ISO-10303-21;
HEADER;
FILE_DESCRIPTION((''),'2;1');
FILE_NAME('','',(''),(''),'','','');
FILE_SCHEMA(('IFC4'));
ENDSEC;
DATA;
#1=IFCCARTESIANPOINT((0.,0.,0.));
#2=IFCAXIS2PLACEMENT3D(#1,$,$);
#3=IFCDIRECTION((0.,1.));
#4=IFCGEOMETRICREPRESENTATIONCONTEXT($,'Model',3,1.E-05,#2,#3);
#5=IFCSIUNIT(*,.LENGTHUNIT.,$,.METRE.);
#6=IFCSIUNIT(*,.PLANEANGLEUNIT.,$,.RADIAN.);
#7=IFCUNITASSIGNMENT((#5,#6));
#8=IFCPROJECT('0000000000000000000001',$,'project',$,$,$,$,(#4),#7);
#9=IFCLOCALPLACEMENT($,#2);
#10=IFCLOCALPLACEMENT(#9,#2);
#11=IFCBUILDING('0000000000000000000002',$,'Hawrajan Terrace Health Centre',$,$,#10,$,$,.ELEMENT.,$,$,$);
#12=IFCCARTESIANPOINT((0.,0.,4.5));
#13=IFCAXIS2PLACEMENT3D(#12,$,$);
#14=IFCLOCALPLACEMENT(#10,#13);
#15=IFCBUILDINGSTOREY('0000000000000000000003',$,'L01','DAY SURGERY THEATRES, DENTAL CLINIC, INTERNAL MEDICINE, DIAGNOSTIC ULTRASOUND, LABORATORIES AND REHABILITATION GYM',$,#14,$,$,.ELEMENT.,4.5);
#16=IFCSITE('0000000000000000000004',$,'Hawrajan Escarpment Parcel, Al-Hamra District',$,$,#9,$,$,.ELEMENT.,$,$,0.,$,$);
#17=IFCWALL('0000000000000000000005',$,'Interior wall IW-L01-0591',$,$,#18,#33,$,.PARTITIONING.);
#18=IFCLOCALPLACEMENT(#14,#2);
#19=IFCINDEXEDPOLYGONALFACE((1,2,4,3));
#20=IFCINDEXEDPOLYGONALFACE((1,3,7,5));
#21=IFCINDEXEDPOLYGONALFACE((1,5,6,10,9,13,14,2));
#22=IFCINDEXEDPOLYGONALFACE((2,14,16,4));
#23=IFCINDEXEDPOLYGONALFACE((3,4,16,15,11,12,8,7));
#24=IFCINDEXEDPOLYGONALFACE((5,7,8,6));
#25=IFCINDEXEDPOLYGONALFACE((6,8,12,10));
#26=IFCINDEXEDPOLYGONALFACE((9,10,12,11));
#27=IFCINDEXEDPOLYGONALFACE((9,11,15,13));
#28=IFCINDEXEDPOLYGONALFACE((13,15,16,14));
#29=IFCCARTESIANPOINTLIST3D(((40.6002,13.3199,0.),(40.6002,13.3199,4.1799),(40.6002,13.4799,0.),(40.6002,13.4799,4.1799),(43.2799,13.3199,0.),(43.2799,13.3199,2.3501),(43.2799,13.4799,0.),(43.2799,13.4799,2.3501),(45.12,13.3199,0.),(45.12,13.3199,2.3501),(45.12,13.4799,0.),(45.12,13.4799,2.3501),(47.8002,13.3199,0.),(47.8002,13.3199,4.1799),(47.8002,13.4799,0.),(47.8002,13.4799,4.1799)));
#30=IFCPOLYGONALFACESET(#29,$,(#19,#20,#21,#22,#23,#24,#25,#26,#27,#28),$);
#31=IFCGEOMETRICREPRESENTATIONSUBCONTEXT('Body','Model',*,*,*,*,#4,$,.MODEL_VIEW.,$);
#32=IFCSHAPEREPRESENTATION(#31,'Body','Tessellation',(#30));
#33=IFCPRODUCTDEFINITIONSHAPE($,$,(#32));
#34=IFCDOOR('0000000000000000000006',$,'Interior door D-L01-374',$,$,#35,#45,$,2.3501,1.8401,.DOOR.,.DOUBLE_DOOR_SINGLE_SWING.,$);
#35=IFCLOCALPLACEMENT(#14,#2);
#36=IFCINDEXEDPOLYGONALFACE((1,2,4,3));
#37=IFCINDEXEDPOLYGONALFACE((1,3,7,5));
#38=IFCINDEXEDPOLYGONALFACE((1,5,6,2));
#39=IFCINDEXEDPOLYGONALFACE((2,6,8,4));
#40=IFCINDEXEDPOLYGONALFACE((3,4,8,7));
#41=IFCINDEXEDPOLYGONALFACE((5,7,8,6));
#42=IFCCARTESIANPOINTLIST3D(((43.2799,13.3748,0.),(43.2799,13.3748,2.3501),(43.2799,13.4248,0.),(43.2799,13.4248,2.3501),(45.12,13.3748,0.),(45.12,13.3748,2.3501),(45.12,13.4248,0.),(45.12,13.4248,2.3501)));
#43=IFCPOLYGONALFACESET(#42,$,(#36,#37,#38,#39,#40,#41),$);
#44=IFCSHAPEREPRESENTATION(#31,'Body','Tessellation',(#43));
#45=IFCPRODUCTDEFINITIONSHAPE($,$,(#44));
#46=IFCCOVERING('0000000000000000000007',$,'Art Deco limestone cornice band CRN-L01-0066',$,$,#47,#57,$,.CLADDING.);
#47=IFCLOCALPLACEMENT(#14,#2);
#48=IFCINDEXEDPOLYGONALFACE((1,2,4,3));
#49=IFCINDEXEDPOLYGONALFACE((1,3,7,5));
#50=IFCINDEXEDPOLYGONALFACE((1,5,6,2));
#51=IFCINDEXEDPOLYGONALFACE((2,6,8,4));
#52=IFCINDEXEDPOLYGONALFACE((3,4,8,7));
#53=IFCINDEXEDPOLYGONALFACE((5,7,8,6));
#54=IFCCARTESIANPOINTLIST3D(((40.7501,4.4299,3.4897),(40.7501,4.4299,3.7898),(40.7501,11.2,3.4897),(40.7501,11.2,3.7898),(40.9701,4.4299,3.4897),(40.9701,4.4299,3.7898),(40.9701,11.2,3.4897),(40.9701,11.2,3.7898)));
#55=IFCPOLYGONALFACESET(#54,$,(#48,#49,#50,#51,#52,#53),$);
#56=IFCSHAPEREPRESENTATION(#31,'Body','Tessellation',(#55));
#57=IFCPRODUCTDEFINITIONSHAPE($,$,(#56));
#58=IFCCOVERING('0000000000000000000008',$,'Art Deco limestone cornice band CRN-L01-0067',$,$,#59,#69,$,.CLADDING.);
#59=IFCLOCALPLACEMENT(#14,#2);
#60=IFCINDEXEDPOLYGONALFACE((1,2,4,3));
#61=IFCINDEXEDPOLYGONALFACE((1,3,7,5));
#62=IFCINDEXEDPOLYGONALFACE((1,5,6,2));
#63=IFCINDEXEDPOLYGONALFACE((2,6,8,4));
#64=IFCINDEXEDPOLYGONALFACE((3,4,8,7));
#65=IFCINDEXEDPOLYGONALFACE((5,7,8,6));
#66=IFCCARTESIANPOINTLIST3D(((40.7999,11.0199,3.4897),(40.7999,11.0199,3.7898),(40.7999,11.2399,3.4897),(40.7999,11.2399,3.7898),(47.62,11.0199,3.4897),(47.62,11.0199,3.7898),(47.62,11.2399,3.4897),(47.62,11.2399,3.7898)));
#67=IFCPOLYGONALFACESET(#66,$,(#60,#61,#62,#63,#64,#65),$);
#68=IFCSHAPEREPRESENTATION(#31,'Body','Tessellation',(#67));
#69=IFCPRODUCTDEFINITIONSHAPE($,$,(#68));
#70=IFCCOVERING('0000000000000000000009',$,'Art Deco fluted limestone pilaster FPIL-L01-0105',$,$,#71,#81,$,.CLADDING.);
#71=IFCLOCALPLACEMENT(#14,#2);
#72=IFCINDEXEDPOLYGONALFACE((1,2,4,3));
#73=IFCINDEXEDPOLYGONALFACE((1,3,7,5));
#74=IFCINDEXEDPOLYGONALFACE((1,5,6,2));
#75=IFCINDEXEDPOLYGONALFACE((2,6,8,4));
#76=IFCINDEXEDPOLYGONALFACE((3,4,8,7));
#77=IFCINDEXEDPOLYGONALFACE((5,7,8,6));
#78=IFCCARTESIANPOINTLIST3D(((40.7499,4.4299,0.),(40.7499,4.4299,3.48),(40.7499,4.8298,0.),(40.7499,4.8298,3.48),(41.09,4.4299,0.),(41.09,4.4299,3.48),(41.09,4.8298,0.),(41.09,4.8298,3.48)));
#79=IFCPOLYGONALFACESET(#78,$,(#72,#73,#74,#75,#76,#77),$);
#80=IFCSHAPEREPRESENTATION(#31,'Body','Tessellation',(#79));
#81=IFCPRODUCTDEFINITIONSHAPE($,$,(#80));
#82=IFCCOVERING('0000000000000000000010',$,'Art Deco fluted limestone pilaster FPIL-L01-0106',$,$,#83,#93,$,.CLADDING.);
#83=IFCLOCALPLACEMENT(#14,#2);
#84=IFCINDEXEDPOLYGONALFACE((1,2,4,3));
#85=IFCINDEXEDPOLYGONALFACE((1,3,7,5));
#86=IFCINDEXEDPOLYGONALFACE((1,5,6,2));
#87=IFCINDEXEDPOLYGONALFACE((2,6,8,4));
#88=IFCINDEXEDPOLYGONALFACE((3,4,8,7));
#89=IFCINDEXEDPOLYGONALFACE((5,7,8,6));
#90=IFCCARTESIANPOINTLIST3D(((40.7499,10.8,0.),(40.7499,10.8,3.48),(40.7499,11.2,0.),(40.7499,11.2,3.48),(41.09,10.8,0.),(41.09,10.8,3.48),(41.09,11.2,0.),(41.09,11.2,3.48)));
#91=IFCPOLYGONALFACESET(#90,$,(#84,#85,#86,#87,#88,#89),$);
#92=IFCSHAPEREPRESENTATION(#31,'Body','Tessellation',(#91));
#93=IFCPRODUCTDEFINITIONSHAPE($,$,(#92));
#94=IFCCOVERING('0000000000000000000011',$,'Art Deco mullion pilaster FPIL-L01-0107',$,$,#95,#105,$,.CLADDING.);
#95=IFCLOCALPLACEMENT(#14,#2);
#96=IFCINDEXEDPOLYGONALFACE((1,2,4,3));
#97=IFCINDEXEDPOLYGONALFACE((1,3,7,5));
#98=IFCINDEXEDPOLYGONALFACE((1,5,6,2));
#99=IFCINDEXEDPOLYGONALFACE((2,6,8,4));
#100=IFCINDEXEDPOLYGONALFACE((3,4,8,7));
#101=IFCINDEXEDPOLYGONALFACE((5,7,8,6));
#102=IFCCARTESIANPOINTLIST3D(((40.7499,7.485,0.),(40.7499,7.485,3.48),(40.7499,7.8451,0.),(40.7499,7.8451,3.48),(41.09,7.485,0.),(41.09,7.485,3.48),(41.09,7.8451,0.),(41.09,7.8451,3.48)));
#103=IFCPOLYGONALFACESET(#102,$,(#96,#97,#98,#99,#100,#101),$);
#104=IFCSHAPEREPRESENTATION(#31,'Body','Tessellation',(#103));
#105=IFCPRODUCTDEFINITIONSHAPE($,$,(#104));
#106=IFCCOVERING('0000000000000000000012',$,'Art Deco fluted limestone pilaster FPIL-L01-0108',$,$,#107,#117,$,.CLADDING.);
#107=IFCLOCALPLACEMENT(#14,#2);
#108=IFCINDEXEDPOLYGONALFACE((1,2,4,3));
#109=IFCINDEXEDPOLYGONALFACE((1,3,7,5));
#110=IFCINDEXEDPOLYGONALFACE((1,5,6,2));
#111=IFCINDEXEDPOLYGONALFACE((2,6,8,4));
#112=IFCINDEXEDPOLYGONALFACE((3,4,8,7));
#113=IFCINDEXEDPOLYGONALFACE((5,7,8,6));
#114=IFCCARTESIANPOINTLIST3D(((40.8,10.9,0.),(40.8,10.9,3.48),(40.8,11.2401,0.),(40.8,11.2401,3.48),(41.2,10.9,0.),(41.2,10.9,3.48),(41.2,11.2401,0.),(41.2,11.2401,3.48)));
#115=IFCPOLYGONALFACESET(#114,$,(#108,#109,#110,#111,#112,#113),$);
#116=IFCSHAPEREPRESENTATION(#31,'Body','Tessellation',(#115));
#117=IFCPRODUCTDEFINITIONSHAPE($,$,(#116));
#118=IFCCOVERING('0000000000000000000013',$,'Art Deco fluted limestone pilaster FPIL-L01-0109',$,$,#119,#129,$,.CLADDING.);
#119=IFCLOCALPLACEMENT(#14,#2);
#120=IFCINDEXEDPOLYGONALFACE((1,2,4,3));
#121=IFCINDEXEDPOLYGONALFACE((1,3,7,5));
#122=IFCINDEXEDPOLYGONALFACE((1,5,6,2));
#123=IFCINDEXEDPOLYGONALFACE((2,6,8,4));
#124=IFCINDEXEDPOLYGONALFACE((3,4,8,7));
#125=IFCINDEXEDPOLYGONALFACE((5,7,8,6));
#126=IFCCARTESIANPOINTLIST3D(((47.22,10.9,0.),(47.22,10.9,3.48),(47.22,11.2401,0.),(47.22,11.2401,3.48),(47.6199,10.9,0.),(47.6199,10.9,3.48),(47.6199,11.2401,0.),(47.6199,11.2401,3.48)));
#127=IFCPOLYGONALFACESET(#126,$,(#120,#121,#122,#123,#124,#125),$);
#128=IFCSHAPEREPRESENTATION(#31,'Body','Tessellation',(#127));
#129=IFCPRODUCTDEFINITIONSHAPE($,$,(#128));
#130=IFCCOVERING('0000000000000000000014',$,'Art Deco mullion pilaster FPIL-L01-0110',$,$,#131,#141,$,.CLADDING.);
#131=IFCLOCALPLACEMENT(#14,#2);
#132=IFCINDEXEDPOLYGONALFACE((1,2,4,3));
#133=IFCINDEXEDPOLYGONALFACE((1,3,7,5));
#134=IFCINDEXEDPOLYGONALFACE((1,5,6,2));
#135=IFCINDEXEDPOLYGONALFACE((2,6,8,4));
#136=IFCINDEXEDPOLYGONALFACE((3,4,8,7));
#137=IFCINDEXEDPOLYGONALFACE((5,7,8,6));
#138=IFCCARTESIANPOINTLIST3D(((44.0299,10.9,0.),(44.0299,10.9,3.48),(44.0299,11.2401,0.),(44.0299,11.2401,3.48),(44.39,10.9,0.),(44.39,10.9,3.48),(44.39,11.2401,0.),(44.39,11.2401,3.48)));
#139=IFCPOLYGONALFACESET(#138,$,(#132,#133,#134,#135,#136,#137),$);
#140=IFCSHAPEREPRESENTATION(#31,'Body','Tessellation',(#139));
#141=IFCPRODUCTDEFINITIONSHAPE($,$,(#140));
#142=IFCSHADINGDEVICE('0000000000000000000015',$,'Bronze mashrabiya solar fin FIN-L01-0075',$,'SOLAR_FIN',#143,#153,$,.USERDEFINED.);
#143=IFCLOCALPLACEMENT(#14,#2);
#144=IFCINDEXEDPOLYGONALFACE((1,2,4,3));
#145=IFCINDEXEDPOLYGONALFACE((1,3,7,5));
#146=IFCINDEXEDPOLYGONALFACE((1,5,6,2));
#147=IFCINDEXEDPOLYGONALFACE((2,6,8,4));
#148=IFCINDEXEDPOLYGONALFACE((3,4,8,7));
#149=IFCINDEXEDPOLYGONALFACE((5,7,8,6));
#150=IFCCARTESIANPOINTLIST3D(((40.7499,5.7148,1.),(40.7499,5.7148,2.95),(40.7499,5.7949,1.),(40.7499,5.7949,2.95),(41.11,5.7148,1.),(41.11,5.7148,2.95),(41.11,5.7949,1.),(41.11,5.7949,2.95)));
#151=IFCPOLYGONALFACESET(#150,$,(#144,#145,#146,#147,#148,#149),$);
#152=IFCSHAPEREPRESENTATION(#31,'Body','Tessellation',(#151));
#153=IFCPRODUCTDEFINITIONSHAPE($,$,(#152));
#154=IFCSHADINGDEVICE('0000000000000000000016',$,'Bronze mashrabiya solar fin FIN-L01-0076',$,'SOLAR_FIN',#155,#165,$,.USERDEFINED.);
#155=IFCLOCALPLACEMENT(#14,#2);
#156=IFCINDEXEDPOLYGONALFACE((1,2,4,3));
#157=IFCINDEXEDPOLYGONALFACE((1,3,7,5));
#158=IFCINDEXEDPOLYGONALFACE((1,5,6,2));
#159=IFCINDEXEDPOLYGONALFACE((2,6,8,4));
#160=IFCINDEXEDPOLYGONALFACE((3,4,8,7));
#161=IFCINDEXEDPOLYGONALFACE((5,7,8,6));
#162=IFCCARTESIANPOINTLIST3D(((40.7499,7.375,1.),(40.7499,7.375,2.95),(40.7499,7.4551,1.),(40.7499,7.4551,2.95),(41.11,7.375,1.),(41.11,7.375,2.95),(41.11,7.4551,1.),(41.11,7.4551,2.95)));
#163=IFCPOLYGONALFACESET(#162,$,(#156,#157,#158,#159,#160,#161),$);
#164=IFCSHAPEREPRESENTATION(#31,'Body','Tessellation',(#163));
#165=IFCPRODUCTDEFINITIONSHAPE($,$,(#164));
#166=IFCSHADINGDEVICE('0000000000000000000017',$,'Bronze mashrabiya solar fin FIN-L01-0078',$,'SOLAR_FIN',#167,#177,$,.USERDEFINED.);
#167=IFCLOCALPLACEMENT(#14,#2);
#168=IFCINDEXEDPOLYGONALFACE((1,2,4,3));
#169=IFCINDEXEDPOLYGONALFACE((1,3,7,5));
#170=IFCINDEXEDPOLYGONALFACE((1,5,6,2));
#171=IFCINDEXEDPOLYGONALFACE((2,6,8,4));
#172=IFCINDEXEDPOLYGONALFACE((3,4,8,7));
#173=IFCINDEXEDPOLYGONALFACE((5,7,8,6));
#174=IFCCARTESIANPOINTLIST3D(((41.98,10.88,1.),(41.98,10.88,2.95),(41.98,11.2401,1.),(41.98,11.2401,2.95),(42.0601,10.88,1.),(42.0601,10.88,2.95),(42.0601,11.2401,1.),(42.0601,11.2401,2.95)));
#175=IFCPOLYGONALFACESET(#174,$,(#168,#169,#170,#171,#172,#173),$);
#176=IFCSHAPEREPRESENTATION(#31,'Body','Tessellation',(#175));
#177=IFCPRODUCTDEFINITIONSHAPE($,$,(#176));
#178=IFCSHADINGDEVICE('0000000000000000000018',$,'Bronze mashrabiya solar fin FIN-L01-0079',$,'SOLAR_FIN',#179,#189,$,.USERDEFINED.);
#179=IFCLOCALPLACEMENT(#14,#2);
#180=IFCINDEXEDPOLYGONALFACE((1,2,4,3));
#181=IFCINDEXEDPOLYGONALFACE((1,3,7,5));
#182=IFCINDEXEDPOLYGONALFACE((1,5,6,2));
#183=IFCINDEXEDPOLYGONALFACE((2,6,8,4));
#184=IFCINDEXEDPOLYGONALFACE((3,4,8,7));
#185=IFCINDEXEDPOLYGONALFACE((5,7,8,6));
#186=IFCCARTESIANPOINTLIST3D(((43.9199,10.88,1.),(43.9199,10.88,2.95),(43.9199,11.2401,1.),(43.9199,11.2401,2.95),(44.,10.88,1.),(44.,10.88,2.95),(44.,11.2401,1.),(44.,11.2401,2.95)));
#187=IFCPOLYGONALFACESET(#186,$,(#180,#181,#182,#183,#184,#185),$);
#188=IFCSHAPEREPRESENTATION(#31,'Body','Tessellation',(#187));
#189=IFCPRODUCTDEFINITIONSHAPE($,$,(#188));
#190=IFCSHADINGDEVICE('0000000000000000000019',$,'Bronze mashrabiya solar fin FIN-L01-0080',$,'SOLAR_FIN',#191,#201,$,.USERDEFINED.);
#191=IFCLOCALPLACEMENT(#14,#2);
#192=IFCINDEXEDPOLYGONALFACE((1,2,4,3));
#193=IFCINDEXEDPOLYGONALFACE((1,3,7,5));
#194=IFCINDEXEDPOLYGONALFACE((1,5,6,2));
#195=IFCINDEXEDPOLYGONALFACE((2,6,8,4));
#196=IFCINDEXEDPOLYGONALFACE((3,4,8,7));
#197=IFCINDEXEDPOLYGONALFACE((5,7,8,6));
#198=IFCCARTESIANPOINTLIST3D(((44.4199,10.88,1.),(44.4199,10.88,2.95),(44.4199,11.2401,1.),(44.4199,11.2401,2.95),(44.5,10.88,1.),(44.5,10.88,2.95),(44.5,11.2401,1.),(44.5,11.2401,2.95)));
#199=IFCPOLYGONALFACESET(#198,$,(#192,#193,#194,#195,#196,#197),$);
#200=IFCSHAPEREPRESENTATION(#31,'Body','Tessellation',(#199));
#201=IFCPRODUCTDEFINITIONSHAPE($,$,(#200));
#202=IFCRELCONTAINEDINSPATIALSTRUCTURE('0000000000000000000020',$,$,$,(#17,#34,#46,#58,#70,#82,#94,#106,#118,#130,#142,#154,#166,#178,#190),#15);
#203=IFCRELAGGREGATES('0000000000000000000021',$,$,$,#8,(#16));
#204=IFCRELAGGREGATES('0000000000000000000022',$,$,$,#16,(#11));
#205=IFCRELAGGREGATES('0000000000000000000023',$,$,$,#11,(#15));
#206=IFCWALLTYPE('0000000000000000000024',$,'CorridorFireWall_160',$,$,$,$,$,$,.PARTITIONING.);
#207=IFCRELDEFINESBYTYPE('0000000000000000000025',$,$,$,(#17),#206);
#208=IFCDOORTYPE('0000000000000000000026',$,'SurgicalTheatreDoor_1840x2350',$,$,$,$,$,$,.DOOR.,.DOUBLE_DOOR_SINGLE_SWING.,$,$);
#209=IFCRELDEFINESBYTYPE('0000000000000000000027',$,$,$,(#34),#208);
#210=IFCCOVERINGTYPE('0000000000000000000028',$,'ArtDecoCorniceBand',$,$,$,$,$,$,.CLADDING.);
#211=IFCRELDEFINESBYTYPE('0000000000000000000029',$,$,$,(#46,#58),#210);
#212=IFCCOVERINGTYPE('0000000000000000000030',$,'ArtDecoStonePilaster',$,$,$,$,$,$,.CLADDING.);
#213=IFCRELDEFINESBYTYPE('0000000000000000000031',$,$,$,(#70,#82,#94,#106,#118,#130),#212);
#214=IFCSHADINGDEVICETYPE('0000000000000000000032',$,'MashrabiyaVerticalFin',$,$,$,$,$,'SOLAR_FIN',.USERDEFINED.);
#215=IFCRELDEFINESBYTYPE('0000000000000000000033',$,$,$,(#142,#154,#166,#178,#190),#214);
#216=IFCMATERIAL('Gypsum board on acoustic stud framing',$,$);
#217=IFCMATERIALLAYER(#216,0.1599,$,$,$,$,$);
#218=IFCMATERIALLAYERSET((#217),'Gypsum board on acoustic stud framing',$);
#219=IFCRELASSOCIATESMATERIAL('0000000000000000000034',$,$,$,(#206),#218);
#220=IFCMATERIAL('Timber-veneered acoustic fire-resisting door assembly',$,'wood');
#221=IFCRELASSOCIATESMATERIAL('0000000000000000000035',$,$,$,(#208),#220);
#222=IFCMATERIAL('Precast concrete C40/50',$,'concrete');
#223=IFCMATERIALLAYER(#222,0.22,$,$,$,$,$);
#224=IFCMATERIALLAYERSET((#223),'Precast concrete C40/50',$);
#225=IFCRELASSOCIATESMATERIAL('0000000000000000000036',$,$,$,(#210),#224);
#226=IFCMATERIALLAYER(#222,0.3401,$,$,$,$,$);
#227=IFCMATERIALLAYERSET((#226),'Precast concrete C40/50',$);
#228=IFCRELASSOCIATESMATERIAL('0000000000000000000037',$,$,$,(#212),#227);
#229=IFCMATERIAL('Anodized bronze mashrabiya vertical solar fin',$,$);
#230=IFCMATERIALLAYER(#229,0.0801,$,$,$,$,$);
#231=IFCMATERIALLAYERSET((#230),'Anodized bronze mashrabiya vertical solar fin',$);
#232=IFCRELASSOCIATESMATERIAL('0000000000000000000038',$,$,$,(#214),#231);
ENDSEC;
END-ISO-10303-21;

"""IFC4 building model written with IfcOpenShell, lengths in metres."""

from ifc_helpers import new_model, si_unit, direction, frame, frame_2d, origin, origin_2d, place, context, subcontext, project, spatial, rectangle, extrude, material, layer, layer_set, type_object, element, fill, save


model = new_model("IFC4")

# Units and contexts
model_context = context("Model", 3, precision=1e-05, world=origin(), true_north=direction((0.0, 1.0)))
body_context = subcontext(model_context, "Body", "Model", "MODEL_VIEW")
ifc_project = project(units=[si_unit("LENGTHUNIT", "METRE"), si_unit("PLANEANGLEUNIT", "RADIAN")], contexts=[model_context])

# Site, building, storey
site_placement = place(None, origin())
site = spatial("IfcSite", under=ifc_project, at=site_placement, Name="Hawrajan Escarpment Parcel, Al-Hamra District", CompositionType="ELEMENT", RefElevation=0.0)
building_placement = place(site_placement, origin())
building = spatial("IfcBuilding", under=site, at=building_placement, Name="Hawrajan Terrace Health Centre", CompositionType="ELEMENT")
storey_placement = place(building_placement, frame((0.0, 0.0, 4.5)))
storey = spatial("IfcBuildingStorey", under=building, at=storey_placement, Name="L01", Description="DAY SURGERY THEATRES, DENTAL CLINIC, INTERNAL MEDICINE, DIAGNOSTIC ULTRASOUND, LABORATORIES AND REHABILITATION GYM", CompositionType="ELEMENT", Elevation=4.5)

# Shared definitions
ifc_material_1 = material(Name="Precast concrete C40/50", Category="concrete")

# Shared definitions
ifc_material_2 = material(Name="Gypsum board on acoustic stud framing")
ifc_layer_1 = layer(ifc_material_2, 0.1599)
ifc_layer_set_1 = layer_set([ifc_layer_1], Name="Gypsum board on acoustic stud framing")
wall_type_1 = type_object("IfcWallType", Name="CorridorFireWall_160", PredefinedType="PARTITIONING", material=ifc_layer_set_1)

# Wall, opening, door
wall_1_placement = place(storey_placement, frame((40.6001, 13.3999, 0.0), z_axis=(0.0, 0.0, 1.0), x_axis=(1.0, 0.0, 0.0)))
wall_1 = element("IfcWall", 1, at=wall_1_placement, inside=storey, type_object=wall_type_1, Name="Interior wall IW-L01-0591", PredefinedType="PARTITIONING", context=body_context, shape_type="SweptSolid", body=[
    extrude(rectangle(XDim=7.2, YDim=0.1599, at=frame_2d((3.6001, 0.0))), origin(), (0.0, 0.0, 1.0), 4.1799),
])
opening_1_placement = place(wall_1_placement, frame((2.6799, 0.0, 0.0)))
opening_1 = element("IfcOpeningElement", 2, at=opening_1_placement, cuts=wall_1, PredefinedType="OPENING", context=body_context, shape_type="SweptSolid", body=[
    extrude(rectangle(XDim=1.8401, YDim=2.3501, at=frame_2d((0.9199, 1.175))), frame((0.0, 0.0898, 0.0), z_axis=(0.0, -1.0, 0.0), x_axis=(1.0, 0.0, 0.0)), (0.0, 0.0, 1.0), 0.1799),
])
ifc_material_3 = material(Name="Timber-veneered acoustic fire-resisting door assembly", Category="wood")
door_type = type_object("IfcDoorType", Name="SurgicalTheatreDoor_1840x2350", OperationType="DOUBLE_DOOR_SINGLE_SWING", PredefinedType="DOOR", material=ifc_material_3)
door_placement = place(opening_1_placement, origin())
door = element("IfcDoor", 3, at=door_placement, inside=storey, type_object=door_type, Name="Interior door D-L01-374", OperationType="DOUBLE_DOOR_SINGLE_SWING", OverallHeight=2.3501, OverallWidth=1.8401, PredefinedType="DOOR", context=body_context, shape_type="SweptSolid", body=[
    extrude(rectangle(XDim=1.8401, YDim=2.3501, at=frame_2d((0.9199, 1.175))), frame((0.0, 0.0249, 0.0), z_axis=(0.0, -1.0, 0.0), x_axis=(1.0, 0.0, 0.0)), (0.0, 0.0, 1.0), 0.05),
])
fill(opening_1, door)

# Coverings
ifc_layer_2 = layer(ifc_material_1, 0.22)
ifc_layer_set_2 = layer_set([ifc_layer_2], Name="Precast concrete C40/50")
covering_type_1 = type_object("IfcCoveringType", Name="ArtDecoCorniceBand", PredefinedType="CLADDING", material=ifc_layer_set_2)
covering_1_placement = place(storey_placement, frame((40.8601, 7.8149, 3.4897), z_axis=(0.0, 0.0, 1.0), x_axis=(0.0, 1.0, 0.0)))
element("IfcCovering", 4, at=covering_1_placement, inside=storey, type_object=covering_type_1, Name="Art Deco limestone cornice band CRN-L01-0066", PredefinedType="CLADDING", context=body_context, shape_type="SweptSolid", body=[
    extrude(rectangle(XDim=6.77, YDim=0.22, at=origin_2d()), origin(), (0.0, 0.0, 1.0), 0.3),
])
covering_2_placement = place(storey_placement, frame((44.21, 11.1299, 3.4897), z_axis=(0.0, 0.0, 1.0), x_axis=(1.0, 0.0, 0.0)))
element("IfcCovering", 5, at=covering_2_placement, inside=storey, type_object=covering_type_1, Name="Art Deco limestone cornice band CRN-L01-0067", PredefinedType="CLADDING", context=body_context, shape_type="SweptSolid", body=[
    extrude(rectangle(XDim=6.8201, YDim=0.22, at=origin_2d()), origin(), (0.0, 0.0, 1.0), 0.3),
])
ifc_layer_3 = layer(ifc_material_1, 0.3401)
ifc_layer_set_3 = layer_set([ifc_layer_3], Name="Precast concrete C40/50")
covering_type_2 = type_object("IfcCoveringType", Name="ArtDecoStonePilaster", PredefinedType="CLADDING", material=ifc_layer_set_3)
for number, where, z_axis, x_axis, name in (
    (6, (40.9199, 4.6299, 0.0), (0.0, 0.0, 1.0), (0.0, 1.0, 0.0), "Art Deco fluted limestone pilaster FPIL-L01-0105"),
    (7, (40.9199, 11.0, 0.0), (0.0, 0.0, 1.0), (0.0, 1.0, 0.0), "Art Deco fluted limestone pilaster FPIL-L01-0106"),
):
    element("IfcCovering", number, at=place(storey_placement, frame(where, z_axis=z_axis, x_axis=x_axis)), inside=storey, type_object=covering_type_2, Name=name, PredefinedType="CLADDING", context=body_context, shape_type="SweptSolid", body=[
        extrude(rectangle(XDim=0.3999, YDim=0.3401, at=origin_2d()), origin(), (0.0, 0.0, 1.0), 3.48),
    ])
covering_3_placement = place(storey_placement, frame((40.9199, 7.665, 0.0), z_axis=(0.0, 0.0, 1.0), x_axis=(0.0, 1.0, 0.0)))
element("IfcCovering", 8, at=covering_3_placement, inside=storey, type_object=covering_type_2, Name="Art Deco mullion pilaster FPIL-L01-0107", PredefinedType="CLADDING", context=body_context, shape_type="SweptSolid", body=[
    extrude(rectangle(XDim=0.3601, YDim=0.3401, at=origin_2d()), origin(), (0.0, 0.0, 1.0), 3.48),
])
for number, where, z_axis, x_axis, name in (
    (9, (41.0, 11.0701, 0.0), (0.0, 0.0, 1.0), (1.0, 0.0, 0.0), "Art Deco fluted limestone pilaster FPIL-L01-0108"),
    (10, (47.4199, 11.0701, 0.0), (0.0, 0.0, 1.0), (1.0, 0.0, 0.0), "Art Deco fluted limestone pilaster FPIL-L01-0109"),
):
    element("IfcCovering", number, at=place(storey_placement, frame(where, z_axis=z_axis, x_axis=x_axis)), inside=storey, type_object=covering_type_2, Name=name, PredefinedType="CLADDING", context=body_context, shape_type="SweptSolid", body=[
        extrude(rectangle(XDim=0.3999, YDim=0.3401, at=origin_2d()), origin(), (0.0, 0.0, 1.0), 3.48),
    ])
covering_4_placement = place(storey_placement, frame((44.21, 11.0701, 0.0), z_axis=(0.0, 0.0, 1.0), x_axis=(1.0, 0.0, 0.0)))
element("IfcCovering", 11, at=covering_4_placement, inside=storey, type_object=covering_type_2, Name="Art Deco mullion pilaster FPIL-L01-0110", PredefinedType="CLADDING", context=body_context, shape_type="SweptSolid", body=[
    extrude(rectangle(XDim=0.3601, YDim=0.3401, at=origin_2d()), origin(), (0.0, 0.0, 1.0), 3.48),
])

# Shading devices
ifc_material_4 = material(Name="Anodized bronze mashrabiya vertical solar fin")
ifc_layer_4 = layer(ifc_material_4, 0.0801)
ifc_layer_set_4 = layer_set([ifc_layer_4], Name="Anodized bronze mashrabiya vertical solar fin")
shading_device_type_1 = type_object("IfcShadingDeviceType", Name="MashrabiyaVerticalFin", ElementType="SOLAR_FIN", PredefinedType="USERDEFINED", material=ifc_layer_set_4)
for number, where, z_axis, x_axis, name in (
    (12, (40.9299, 5.7549, 1.0), (0.0, 0.0, 1.0), (0.0, 1.0, 0.0), "Bronze mashrabiya solar fin FIN-L01-0075"),
    (13, (40.9299, 7.415, 1.0), (0.0, 0.0, 1.0), (0.0, 1.0, 0.0), "Bronze mashrabiya solar fin FIN-L01-0076"),
    (14, (42.02, 11.0601, 1.0), (0.0, 0.0, 1.0), (1.0, 0.0, 0.0), "Bronze mashrabiya solar fin FIN-L01-0078"),
    (15, (43.96, 11.0601, 1.0), (0.0, 0.0, 1.0), (1.0, 0.0, 0.0), "Bronze mashrabiya solar fin FIN-L01-0079"),
    (16, (44.46, 11.0601, 1.0), (0.0, 0.0, 1.0), (1.0, 0.0, 0.0), "Bronze mashrabiya solar fin FIN-L01-0080"),
):
    element("IfcShadingDevice", number, at=place(storey_placement, frame(where, z_axis=z_axis, x_axis=x_axis)), inside=storey, type_object=shading_device_type_1, Name=name, ObjectType="SOLAR_FIN", PredefinedType="USERDEFINED", context=body_context, shape_type="SweptSolid", body=[
        extrude(rectangle(XDim=0.0801, YDim=0.3601, at=origin_2d()), origin(), (0.0, 0.0, 1.0), 1.95),
    ])

save(model, "model.ifc")
